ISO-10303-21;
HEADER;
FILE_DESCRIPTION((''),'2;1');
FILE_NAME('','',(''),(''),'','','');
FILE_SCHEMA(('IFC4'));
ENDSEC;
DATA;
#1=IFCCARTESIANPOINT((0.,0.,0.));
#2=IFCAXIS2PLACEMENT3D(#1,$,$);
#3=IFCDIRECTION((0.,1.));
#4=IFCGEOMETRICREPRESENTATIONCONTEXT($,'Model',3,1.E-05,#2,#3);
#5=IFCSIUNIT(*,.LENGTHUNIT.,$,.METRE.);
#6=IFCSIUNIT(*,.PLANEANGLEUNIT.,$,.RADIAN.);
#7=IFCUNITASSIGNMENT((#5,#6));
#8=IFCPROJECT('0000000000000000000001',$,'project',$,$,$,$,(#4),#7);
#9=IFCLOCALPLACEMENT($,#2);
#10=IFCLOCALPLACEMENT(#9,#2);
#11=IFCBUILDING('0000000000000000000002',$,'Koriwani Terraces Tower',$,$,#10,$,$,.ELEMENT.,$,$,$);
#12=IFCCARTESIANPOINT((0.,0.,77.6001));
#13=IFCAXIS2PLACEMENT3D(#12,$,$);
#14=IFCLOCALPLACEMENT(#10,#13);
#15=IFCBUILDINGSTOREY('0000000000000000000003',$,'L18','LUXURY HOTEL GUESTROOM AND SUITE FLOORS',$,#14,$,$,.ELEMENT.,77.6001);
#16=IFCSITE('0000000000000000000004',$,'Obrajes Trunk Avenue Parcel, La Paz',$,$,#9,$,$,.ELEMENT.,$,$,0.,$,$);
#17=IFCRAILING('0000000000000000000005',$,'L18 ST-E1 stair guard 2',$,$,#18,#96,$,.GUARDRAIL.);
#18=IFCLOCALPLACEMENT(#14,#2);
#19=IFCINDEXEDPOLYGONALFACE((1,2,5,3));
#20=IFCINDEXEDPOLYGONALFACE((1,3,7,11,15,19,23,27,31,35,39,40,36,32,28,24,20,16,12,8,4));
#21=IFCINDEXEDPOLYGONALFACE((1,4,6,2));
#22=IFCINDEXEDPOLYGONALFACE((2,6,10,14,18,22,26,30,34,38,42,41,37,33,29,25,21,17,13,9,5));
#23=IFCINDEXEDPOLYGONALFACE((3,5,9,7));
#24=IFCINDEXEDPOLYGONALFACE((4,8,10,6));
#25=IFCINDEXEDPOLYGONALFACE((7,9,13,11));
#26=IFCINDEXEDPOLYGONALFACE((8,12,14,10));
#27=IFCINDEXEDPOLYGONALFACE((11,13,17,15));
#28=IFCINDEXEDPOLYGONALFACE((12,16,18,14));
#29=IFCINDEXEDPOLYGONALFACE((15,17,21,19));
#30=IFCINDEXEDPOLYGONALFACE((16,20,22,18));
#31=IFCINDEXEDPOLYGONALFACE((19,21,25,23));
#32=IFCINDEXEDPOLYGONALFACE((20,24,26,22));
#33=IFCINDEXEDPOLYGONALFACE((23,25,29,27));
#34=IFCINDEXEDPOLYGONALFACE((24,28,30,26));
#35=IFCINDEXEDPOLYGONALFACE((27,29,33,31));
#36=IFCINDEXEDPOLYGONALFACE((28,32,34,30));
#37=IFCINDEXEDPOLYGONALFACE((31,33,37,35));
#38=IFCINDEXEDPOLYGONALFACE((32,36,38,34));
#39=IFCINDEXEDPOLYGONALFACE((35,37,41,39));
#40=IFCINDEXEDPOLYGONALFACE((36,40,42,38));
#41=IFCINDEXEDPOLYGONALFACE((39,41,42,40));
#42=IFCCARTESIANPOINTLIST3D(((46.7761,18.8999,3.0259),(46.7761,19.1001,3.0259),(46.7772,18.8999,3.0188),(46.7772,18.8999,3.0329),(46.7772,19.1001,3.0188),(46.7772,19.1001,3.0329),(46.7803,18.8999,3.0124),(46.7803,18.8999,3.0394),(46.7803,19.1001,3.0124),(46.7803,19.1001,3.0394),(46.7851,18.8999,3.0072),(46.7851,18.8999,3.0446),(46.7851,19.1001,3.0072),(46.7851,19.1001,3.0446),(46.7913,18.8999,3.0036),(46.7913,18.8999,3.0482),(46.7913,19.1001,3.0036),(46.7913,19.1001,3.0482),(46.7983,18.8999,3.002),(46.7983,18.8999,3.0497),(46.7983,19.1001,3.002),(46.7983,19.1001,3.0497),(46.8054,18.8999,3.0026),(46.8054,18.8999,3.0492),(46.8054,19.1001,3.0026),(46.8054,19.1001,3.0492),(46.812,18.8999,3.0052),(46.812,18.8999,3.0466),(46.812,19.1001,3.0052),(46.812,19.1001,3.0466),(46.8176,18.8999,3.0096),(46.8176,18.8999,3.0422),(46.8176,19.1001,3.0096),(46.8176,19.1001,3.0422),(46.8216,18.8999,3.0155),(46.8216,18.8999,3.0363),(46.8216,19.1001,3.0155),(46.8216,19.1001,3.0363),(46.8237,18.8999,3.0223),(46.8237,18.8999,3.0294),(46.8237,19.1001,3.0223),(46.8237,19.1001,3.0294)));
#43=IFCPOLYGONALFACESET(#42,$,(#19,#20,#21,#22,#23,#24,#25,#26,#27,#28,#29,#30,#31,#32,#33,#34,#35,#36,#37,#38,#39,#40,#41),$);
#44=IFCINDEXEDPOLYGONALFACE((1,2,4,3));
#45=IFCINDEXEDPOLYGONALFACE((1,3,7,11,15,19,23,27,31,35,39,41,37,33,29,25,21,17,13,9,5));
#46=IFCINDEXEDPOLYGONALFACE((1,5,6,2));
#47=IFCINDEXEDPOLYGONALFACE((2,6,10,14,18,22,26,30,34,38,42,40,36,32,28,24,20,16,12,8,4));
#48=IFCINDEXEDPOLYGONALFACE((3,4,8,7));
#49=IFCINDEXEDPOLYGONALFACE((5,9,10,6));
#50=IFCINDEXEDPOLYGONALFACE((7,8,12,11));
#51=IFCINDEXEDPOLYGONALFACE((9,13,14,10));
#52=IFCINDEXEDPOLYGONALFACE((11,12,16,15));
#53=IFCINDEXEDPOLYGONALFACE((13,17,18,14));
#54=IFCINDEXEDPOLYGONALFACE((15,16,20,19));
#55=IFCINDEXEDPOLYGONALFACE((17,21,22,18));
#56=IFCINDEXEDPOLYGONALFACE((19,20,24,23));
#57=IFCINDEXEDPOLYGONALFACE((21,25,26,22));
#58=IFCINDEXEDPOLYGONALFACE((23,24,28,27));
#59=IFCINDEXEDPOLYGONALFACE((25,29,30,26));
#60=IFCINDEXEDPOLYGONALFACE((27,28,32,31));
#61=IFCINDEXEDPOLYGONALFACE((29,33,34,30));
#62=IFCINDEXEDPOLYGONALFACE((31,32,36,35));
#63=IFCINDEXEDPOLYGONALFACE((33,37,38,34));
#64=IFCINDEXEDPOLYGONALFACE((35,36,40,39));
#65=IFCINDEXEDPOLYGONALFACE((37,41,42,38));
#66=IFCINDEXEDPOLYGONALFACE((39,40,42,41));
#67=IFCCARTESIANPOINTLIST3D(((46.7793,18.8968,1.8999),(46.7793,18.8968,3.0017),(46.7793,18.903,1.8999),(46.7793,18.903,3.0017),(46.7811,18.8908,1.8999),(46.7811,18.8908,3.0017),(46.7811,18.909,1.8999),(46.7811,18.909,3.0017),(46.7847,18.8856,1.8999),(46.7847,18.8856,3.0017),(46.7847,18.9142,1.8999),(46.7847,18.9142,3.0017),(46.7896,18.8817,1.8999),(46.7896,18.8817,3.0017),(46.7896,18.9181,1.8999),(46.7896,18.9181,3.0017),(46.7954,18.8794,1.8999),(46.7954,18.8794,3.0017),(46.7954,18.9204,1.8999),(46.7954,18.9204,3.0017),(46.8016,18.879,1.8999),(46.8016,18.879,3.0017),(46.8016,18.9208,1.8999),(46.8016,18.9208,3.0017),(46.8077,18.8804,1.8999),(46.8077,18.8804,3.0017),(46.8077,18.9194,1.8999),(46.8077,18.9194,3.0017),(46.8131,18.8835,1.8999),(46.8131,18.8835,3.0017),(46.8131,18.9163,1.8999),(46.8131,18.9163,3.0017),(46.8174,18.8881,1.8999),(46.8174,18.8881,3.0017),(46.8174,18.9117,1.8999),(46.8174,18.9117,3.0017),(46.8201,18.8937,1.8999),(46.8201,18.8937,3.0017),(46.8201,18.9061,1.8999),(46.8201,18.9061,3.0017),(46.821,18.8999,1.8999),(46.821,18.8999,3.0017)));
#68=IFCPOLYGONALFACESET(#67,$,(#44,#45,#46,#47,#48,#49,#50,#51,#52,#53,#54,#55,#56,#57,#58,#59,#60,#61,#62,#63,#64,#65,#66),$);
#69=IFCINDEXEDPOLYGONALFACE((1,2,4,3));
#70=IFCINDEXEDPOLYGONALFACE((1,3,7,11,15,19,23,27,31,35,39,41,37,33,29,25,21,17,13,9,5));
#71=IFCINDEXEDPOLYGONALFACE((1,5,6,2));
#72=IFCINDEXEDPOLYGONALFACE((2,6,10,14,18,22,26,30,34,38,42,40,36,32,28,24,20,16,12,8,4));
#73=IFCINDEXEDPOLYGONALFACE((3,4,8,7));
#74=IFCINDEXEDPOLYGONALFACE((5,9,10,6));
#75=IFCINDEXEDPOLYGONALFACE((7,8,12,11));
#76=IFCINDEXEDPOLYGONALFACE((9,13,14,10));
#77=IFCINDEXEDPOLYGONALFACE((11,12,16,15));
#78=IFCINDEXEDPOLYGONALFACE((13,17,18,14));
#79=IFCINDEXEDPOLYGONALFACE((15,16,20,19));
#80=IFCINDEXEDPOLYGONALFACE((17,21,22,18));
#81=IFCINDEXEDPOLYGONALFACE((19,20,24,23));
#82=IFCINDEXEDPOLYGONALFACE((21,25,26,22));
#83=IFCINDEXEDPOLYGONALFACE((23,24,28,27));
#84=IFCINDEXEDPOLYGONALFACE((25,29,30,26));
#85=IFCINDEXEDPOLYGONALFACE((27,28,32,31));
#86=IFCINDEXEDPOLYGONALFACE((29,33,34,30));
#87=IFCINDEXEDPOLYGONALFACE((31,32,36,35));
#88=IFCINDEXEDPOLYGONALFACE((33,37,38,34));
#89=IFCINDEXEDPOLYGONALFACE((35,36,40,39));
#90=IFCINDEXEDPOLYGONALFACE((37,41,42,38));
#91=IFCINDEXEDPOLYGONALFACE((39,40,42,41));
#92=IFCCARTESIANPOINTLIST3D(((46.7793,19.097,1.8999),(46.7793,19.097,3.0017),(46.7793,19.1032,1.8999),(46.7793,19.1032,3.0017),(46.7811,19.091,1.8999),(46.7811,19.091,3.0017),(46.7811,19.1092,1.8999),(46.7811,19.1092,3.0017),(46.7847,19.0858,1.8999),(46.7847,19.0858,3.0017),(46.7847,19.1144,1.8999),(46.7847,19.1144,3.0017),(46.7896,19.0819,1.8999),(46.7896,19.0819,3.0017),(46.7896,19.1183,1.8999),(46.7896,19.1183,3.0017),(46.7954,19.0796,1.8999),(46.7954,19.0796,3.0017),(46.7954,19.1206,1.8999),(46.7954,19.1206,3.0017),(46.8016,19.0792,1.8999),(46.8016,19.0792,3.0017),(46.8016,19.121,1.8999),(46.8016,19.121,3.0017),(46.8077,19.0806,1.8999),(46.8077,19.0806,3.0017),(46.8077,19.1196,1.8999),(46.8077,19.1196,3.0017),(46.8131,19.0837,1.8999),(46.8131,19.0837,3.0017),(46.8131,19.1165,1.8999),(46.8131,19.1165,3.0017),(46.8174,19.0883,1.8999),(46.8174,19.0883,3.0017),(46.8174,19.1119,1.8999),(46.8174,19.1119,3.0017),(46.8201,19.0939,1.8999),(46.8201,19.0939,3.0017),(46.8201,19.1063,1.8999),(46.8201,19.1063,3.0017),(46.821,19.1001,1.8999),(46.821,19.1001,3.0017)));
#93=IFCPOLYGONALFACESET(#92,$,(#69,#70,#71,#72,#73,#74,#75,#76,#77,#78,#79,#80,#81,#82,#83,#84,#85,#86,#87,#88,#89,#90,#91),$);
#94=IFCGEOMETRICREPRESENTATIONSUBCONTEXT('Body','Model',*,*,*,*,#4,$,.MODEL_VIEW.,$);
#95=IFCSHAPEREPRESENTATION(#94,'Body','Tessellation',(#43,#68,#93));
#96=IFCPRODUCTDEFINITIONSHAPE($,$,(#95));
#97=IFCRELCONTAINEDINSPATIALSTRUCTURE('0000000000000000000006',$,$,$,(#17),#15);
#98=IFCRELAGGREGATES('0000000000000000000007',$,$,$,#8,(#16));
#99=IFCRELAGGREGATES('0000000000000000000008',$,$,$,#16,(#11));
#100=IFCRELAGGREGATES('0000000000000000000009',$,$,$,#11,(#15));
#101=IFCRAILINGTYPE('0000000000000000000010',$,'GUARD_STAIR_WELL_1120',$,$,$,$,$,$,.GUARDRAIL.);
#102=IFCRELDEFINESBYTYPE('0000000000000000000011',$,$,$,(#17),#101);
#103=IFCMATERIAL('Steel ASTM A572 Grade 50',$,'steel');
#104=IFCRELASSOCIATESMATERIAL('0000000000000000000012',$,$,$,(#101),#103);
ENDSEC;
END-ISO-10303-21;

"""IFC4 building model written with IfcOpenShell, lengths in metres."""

from ifc_helpers import new_model, si_unit, direction, frame, origin, origin_2d, place, context, subcontext, project, spatial, circle, extrude, material, type_object, element, save


model = new_model("IFC4")

# Units and contexts
model_context = context("Model", 3, precision=1e-05, world=origin(), true_north=direction((0.0, 1.0)))
body_context = subcontext(model_context, "Body", "Model", "MODEL_VIEW")
ifc_project = project(units=[si_unit("LENGTHUNIT", "METRE"), si_unit("PLANEANGLEUNIT", "RADIAN")], contexts=[model_context])

# Site, building, storey
site_placement = place(None, origin())
site = spatial("IfcSite", under=ifc_project, at=site_placement, Name="Obrajes Trunk Avenue Parcel, La Paz", CompositionType="ELEMENT", RefElevation=0.0)
building_placement = place(site_placement, origin())
building = spatial("IfcBuilding", under=site, at=building_placement, Name="Koriwani Terraces Tower", CompositionType="ELEMENT")
storey_placement = place(building_placement, frame((0.0, 0.0, 77.6001)))
storey = spatial("IfcBuildingStorey", under=building, at=storey_placement, Name="L18", Description="LUXURY HOTEL GUESTROOM AND SUITE FLOORS", CompositionType="ELEMENT", Elevation=77.6001)

# Shared definitions
ifc_material_1 = material(Name="Steel ASTM A572 Grade 50", Category="steel")

# Railing
railing_type_1 = type_object("IfcRailingType", Name="GUARD_STAIR_WELL_1120", PredefinedType="GUARDRAIL", material=ifc_material_1)
railing_1_placement = place(storey_placement, frame((46.8, 18.8999, 1.8999)))
element("IfcRailing", 1, at=railing_1_placement, inside=storey, type_object=railing_type_1, Name="L18 ST-E1 stair guard 2", PredefinedType="GUARDRAIL", context=body_context, shape_type="SweptSolid", body=[
    extrude(circle(Radius=0.0239, at=origin_2d()), frame((0.0, 0.0, 1.126), z_axis=(0.0, 1.0, 0.0), x_axis=(-1.0, 0.0, 0.0)), (0.0, 0.0, 1.0), 0.2002),
    extrude(circle(Radius=0.021, at=origin_2d()), origin(), (0.0, 0.0, 1.0), 1.1018),
    extrude(circle(Radius=0.021, at=origin_2d()), frame((0.0, 0.2002, 0.0)), (0.0, 0.0, 1.0), 1.1018),
])

save(model, "model.ifc")
